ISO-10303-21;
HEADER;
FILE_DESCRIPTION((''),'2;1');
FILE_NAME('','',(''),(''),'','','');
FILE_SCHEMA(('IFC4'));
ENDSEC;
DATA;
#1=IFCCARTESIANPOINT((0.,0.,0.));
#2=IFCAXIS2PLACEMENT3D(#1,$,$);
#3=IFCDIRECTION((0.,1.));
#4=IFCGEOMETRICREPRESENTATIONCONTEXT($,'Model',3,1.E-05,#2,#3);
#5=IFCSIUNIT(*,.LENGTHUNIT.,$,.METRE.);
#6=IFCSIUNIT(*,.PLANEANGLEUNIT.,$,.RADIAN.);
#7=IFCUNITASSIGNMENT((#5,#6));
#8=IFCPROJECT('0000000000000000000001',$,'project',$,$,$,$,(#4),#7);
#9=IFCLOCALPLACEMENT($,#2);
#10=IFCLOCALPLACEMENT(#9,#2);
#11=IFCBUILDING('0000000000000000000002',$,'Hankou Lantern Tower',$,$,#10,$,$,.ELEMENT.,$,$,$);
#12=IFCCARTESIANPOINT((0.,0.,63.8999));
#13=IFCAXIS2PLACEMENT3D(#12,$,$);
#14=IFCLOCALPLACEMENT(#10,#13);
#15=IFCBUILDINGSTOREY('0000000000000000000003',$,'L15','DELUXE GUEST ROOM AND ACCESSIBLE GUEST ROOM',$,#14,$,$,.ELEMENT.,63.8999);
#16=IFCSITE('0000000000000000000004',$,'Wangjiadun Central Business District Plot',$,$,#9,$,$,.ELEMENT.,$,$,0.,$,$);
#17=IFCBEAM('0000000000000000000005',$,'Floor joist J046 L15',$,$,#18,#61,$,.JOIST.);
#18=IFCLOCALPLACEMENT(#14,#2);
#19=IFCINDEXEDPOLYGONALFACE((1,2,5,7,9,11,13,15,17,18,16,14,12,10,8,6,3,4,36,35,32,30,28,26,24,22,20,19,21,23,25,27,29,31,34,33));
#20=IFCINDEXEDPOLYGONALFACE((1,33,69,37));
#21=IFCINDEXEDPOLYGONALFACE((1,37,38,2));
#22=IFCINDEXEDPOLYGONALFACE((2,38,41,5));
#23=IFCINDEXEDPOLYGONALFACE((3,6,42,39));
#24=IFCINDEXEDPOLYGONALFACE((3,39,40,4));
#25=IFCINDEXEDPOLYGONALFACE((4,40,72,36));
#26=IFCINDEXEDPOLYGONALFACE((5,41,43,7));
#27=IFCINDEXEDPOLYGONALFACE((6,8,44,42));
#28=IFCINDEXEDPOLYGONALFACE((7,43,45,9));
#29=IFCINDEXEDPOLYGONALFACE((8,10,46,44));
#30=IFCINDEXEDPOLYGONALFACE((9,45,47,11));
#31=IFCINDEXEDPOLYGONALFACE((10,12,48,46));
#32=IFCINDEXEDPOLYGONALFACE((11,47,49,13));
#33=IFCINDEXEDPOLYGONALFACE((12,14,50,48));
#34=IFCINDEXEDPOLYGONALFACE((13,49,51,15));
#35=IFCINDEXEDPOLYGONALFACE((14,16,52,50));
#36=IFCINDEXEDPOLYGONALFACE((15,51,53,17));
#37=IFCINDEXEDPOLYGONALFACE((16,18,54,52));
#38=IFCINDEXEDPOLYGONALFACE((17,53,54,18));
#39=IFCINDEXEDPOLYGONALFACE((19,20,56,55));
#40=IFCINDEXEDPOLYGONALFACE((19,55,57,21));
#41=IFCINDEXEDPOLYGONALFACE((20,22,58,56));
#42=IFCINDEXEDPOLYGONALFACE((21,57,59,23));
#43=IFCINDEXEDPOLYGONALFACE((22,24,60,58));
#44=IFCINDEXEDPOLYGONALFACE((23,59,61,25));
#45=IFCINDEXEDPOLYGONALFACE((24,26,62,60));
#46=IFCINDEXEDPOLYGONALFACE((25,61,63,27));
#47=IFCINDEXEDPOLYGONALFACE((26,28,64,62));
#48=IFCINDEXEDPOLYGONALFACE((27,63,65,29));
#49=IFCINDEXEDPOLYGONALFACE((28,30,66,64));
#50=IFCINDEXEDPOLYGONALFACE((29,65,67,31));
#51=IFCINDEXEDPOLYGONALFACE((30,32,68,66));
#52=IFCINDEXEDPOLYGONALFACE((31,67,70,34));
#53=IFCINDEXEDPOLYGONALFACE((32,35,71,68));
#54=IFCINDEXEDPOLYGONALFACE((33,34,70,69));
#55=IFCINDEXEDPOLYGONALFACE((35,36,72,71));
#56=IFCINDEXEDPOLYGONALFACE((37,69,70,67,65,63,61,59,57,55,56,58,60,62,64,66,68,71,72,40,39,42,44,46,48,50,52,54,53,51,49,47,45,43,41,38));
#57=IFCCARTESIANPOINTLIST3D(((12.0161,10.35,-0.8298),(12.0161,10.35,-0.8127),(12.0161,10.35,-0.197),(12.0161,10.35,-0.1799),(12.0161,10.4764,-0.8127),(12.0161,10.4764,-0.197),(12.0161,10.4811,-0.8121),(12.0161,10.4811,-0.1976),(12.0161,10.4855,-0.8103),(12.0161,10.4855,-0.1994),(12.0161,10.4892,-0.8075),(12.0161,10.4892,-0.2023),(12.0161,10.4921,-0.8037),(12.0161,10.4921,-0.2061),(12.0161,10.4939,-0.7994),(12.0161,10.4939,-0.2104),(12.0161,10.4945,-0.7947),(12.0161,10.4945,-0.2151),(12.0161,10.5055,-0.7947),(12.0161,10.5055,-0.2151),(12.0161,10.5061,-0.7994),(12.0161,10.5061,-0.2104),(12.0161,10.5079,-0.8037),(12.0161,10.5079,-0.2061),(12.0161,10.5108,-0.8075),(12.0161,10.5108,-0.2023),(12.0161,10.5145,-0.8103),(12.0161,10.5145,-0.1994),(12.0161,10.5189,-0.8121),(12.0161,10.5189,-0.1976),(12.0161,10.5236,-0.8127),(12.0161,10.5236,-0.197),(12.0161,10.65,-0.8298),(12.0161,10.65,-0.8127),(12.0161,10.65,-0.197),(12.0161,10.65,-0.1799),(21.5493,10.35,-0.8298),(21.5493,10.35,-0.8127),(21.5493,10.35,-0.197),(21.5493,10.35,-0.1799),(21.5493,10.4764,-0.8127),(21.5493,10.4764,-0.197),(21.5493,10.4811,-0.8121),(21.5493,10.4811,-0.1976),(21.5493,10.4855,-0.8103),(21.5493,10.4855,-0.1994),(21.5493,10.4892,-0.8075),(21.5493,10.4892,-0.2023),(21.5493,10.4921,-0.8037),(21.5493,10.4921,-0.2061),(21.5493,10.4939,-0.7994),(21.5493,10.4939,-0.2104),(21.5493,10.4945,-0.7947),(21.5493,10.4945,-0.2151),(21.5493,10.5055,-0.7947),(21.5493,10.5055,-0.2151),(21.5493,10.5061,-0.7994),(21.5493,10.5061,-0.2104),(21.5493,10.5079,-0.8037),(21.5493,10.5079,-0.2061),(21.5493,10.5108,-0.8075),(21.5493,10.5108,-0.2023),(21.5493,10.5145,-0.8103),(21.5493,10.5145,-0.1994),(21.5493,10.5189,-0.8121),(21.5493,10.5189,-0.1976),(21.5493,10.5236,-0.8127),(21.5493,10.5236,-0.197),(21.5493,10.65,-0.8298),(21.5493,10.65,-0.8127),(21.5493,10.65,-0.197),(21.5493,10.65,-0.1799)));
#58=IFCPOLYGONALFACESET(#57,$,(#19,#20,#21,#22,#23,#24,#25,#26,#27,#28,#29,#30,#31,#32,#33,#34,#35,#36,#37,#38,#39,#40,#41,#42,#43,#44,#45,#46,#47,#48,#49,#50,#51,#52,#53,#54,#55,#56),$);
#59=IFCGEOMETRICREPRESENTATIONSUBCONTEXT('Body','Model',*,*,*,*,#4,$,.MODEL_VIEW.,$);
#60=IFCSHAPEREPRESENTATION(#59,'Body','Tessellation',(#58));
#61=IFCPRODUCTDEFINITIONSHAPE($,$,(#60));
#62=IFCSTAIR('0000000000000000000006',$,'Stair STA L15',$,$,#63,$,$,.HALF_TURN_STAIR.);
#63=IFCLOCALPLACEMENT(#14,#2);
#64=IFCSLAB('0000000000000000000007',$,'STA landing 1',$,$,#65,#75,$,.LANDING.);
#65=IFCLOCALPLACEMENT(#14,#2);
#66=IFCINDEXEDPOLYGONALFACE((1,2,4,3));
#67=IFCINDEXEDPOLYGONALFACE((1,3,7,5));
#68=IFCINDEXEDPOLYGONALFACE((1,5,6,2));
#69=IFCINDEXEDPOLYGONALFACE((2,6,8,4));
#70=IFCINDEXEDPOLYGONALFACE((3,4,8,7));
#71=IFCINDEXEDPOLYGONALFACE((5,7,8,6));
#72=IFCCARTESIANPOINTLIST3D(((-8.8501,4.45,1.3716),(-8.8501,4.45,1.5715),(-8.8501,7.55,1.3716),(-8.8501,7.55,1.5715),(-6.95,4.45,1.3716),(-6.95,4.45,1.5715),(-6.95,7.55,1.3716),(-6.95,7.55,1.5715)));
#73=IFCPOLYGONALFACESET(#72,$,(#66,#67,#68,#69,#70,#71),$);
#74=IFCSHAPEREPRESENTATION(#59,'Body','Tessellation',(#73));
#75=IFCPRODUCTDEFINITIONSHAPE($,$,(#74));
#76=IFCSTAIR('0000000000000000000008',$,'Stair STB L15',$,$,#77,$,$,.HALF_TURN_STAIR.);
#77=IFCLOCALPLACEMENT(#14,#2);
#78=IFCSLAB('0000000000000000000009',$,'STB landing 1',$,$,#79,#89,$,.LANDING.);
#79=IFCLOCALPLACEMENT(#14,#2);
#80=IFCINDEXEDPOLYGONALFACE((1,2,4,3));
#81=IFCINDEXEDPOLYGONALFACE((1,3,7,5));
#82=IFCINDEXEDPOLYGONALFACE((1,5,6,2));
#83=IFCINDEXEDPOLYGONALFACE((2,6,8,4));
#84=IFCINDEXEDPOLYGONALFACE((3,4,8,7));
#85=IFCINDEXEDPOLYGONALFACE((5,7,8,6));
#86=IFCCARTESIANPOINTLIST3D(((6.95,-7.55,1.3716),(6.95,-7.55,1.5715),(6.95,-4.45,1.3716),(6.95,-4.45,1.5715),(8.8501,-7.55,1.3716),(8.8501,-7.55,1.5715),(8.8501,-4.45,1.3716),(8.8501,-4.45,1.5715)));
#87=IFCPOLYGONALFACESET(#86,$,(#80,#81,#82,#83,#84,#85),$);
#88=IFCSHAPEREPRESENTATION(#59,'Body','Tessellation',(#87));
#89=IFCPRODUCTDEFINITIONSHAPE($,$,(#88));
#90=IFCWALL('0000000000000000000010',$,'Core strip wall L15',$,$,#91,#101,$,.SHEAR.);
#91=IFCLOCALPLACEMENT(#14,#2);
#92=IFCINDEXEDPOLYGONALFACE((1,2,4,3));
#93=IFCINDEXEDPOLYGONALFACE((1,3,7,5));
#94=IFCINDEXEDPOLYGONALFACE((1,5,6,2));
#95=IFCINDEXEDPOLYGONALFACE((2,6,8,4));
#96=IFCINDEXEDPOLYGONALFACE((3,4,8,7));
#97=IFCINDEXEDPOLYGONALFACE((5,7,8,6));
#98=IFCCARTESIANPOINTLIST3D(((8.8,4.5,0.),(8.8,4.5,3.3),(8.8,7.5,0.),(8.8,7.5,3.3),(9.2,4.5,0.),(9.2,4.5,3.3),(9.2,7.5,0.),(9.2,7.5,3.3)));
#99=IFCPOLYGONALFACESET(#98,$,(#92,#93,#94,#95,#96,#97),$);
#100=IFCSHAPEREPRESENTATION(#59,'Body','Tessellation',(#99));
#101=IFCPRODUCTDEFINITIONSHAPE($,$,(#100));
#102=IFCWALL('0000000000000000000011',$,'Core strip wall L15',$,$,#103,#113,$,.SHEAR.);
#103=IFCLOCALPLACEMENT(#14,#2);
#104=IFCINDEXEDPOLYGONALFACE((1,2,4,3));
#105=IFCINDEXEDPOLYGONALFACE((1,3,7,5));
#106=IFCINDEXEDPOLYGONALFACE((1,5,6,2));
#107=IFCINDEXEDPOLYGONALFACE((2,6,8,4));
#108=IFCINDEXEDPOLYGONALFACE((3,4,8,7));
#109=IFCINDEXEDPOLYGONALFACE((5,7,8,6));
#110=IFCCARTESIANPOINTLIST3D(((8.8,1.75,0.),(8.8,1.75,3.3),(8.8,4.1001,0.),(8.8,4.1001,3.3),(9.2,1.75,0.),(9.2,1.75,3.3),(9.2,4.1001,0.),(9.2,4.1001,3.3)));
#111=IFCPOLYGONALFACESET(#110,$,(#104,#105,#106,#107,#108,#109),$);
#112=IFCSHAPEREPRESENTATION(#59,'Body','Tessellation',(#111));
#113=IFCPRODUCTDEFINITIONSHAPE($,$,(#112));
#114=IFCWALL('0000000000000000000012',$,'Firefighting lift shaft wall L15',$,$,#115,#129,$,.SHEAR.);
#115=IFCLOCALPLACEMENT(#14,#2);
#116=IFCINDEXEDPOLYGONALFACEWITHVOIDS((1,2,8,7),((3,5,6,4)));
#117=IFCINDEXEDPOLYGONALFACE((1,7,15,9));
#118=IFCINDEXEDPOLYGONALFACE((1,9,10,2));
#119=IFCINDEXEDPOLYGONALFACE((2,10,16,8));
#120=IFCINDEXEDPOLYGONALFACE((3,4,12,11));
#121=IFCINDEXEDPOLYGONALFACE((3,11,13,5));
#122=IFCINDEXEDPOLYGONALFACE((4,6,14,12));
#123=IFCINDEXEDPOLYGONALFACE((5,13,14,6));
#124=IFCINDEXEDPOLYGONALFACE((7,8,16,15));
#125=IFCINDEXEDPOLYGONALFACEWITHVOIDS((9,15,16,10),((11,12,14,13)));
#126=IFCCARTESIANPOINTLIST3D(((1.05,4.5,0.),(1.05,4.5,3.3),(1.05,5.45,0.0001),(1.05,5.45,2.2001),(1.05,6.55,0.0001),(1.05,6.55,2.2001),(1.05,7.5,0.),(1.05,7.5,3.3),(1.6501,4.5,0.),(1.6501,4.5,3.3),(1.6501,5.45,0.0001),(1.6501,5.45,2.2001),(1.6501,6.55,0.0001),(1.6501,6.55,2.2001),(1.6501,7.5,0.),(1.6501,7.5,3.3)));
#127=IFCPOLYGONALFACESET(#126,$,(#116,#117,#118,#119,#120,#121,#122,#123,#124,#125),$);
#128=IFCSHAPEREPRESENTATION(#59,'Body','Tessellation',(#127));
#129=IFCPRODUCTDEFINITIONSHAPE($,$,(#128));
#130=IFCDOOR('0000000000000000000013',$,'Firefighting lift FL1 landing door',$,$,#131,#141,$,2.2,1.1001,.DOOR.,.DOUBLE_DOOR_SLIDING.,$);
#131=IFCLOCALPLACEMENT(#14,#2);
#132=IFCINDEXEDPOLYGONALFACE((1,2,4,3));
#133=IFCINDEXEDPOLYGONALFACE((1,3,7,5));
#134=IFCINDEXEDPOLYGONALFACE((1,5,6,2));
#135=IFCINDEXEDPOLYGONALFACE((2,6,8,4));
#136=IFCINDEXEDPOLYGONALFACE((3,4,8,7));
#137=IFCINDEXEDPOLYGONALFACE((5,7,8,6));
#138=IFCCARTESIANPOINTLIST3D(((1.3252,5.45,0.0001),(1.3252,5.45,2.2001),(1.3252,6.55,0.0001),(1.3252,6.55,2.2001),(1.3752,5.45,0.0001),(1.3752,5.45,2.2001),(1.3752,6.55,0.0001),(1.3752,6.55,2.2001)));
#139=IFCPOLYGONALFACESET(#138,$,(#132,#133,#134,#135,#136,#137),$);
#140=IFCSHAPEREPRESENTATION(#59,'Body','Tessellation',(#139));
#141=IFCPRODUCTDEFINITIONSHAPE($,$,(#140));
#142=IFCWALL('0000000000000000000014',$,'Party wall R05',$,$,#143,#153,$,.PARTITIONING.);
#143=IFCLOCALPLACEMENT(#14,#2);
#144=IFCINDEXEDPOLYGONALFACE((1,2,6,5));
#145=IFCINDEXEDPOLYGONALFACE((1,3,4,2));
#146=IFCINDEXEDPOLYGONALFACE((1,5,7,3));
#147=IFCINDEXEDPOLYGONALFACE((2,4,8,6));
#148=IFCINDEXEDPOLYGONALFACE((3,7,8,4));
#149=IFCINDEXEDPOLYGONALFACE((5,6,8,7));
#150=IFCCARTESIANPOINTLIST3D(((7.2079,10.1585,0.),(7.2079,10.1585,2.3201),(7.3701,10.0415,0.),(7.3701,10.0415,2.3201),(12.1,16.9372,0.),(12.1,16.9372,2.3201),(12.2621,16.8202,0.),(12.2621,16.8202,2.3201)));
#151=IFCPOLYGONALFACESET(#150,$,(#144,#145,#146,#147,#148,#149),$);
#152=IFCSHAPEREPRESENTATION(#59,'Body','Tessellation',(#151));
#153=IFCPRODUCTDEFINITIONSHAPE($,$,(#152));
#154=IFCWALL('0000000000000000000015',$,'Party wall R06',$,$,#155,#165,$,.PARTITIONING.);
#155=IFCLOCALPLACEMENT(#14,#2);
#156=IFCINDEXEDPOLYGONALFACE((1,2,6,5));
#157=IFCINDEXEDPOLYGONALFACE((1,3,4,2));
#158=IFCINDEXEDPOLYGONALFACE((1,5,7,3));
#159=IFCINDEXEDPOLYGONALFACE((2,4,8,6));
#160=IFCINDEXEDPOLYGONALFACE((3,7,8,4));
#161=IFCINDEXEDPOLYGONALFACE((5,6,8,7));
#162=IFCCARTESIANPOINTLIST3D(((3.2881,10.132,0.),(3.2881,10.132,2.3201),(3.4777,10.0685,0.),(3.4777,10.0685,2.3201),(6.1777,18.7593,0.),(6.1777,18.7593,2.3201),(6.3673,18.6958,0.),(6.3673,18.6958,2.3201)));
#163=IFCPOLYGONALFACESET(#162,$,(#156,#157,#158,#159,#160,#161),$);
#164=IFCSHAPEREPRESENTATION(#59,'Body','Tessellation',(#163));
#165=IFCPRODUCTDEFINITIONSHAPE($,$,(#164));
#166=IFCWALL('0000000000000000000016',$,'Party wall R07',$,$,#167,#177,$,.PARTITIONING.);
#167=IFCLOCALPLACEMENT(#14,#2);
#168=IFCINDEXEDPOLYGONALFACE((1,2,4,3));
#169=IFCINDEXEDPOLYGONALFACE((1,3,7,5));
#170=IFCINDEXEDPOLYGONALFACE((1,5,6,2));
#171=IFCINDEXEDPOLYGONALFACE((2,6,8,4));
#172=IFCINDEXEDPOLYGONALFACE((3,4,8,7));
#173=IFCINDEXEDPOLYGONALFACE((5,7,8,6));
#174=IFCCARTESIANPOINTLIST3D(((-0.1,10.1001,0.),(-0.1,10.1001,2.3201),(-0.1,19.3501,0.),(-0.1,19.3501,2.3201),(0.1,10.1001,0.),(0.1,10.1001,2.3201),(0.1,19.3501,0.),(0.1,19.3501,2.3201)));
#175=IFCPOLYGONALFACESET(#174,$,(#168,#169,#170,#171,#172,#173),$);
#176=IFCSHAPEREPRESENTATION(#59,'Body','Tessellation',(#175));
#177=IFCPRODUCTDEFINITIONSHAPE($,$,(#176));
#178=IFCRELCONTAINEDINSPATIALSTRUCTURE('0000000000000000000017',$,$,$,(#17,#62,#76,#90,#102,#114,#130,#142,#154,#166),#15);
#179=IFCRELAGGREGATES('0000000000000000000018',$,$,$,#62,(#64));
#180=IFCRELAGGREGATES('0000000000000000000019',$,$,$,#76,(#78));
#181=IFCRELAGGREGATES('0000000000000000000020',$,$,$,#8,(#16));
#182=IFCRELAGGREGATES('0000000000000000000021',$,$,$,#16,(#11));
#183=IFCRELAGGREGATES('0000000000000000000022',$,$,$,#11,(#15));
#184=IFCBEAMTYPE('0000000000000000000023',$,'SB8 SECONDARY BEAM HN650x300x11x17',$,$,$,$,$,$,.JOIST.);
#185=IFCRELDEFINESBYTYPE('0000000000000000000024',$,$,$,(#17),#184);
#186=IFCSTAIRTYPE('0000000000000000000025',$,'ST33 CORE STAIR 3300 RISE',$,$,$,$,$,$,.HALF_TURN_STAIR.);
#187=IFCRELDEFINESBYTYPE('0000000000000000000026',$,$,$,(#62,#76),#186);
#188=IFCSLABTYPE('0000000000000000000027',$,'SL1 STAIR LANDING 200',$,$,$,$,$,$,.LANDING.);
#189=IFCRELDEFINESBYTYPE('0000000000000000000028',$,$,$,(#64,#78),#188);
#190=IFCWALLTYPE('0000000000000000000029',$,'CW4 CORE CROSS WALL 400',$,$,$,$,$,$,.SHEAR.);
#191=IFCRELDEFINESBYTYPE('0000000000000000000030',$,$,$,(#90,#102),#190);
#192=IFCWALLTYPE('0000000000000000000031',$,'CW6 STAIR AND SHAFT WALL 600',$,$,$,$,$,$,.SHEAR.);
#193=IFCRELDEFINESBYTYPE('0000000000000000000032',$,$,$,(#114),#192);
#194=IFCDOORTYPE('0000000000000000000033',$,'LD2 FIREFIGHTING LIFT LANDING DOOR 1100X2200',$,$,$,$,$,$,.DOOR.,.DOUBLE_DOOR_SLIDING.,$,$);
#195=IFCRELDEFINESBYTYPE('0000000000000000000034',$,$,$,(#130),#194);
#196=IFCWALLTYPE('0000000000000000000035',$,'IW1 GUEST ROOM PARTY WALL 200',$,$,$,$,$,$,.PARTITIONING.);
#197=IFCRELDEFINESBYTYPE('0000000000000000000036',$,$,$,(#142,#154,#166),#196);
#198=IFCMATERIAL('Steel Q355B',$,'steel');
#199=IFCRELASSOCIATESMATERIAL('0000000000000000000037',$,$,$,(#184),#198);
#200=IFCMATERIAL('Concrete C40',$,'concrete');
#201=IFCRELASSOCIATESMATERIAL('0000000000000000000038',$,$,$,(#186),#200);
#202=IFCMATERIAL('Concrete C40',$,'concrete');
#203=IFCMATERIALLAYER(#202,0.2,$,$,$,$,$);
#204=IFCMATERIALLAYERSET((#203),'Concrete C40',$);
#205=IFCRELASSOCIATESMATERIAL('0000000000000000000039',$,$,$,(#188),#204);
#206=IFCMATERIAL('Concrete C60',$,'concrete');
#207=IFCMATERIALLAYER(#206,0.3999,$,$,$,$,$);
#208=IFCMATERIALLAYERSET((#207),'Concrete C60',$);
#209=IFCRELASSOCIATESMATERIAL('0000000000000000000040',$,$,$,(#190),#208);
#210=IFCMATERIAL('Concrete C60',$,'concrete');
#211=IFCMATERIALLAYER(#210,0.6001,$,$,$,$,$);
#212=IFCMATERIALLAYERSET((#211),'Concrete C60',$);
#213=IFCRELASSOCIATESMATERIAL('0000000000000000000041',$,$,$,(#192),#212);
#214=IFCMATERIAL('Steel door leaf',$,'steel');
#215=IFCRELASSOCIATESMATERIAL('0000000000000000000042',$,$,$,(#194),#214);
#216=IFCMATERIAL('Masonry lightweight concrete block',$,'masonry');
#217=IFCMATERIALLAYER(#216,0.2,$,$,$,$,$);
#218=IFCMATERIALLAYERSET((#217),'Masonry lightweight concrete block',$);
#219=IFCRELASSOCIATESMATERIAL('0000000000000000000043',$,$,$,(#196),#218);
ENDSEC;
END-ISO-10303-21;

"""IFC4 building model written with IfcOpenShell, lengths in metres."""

from ifc_helpers import new_model, si_unit, direction, frame, frame_2d, origin, origin_2d, place, context, subcontext, project, spatial, polyline, rectangle, i_section, outline, extrude, material, layer, layer_set, material_profile, profile_set, type_object, element, fill, aggregate, save


model = new_model("IFC4")

# Units and contexts
model_context = context("Model", 3, precision=1e-05, world=origin(), true_north=direction((0.0, 1.0)))
body_context = subcontext(model_context, "Body", "Model", "MODEL_VIEW")
ifc_project = project(units=[si_unit("LENGTHUNIT", "METRE"), si_unit("PLANEANGLEUNIT", "RADIAN")], contexts=[model_context])

# Site, building, storey
site_placement = place(None, origin())
site = spatial("IfcSite", under=ifc_project, at=site_placement, Name="Wangjiadun Central Business District Plot", CompositionType="ELEMENT", RefElevation=0.0)
building_placement = place(site_placement, origin())
building = spatial("IfcBuilding", under=site, at=building_placement, Name="Hankou Lantern Tower", CompositionType="ELEMENT")
storey_placement = place(building_placement, frame((0.0, 0.0, 63.8999)))
storey = spatial("IfcBuildingStorey", under=building, at=storey_placement, Name="L15", Description="DELUXE GUEST ROOM AND ACCESSIBLE GUEST ROOM", CompositionType="ELEMENT", Elevation=63.8999)

# Beam
ifc_material_1 = material(Name="Steel Q355B", Category="steel")
ifc_material_profile_1 = material_profile(ifc_material_1, i_section(OverallWidth=0.3, OverallDepth=0.6499, WebThickness=0.011, FlangeThickness=0.0171, FilletRadius=0.0181, at=origin_2d()), Name="HN650x300x11x17")
ifc_profile_set_1 = profile_set([ifc_material_profile_1], Name="Steel Q355B")
beam_type_1 = type_object("IfcBeamType", Name="SB8 SECONDARY BEAM HN650x300x11x17", PredefinedType="JOIST", material=ifc_profile_set_1)
beam_1_placement = place(storey_placement, frame((12.0161, 10.5, -0.5049), z_axis=(1.0, 0.0, 0.0), x_axis=(0.0, 1.0, 0.0)))
element("IfcBeam", 1, at=beam_1_placement, inside=storey, type_object=beam_type_1, Name="Floor joist J046 L15", PredefinedType="JOIST", context=body_context, shape_type="SweptSolid", body=[
    extrude(i_section(OverallWidth=0.3, OverallDepth=0.6499, WebThickness=0.011, FlangeThickness=0.0171, FilletRadius=0.0181, at=origin_2d()), origin(), (0.0, 0.0, 1.0), 9.5332),
])

# Stairs, slabs
ifc_material_2 = material(Name="Concrete C40", Category="concrete")
stair_type = type_object("IfcStairType", Name="ST33 CORE STAIR 3300 RISE", PredefinedType="HALF_TURN_STAIR", material=ifc_material_2)
stair_1_placement = place(storey_placement, origin())
stair_1 = element("IfcStair", 2, at=stair_1_placement, inside=storey, type_object=stair_type, Name="Stair STA L15", PredefinedType="HALF_TURN_STAIR")
ifc_material_3 = material(Name="Concrete C40", Category="concrete")
ifc_layer_1 = layer(ifc_material_3, 0.2)
ifc_layer_set_1 = layer_set([ifc_layer_1], Name="Concrete C40")
slab_type = type_object("IfcSlabType", Name="SL1 STAIR LANDING 200", PredefinedType="LANDING", material=ifc_layer_set_1)
slab_1_placement = place(storey_placement, frame((0.0, 0.0, 1.3716)))
slab_1 = element("IfcSlab", 3, at=slab_1_placement, type_object=slab_type, Name="STA landing 1", PredefinedType="LANDING", context=body_context, shape_type="SweptSolid", body=[
    extrude(outline(polyline([(-8.8501, 4.45), (-6.95, 4.45), (-6.95, 7.55), (-8.8501, 7.55), (-8.8501, 4.45)])), origin(), (0.0, 0.0, 1.0), 0.2),
])
aggregate(stair_1, [slab_1])
stair_2_placement = place(storey_placement, origin())
stair_2 = element("IfcStair", 4, at=stair_2_placement, inside=storey, type_object=stair_type, Name="Stair STB L15", PredefinedType="HALF_TURN_STAIR")
slab_2_placement = place(storey_placement, frame((0.0, 0.0, 1.3716)))
slab_2 = element("IfcSlab", 5, at=slab_2_placement, type_object=slab_type, Name="STB landing 1", PredefinedType="LANDING", context=body_context, shape_type="SweptSolid", body=[
    extrude(outline(polyline([(8.8501, -4.45), (6.95, -4.45), (6.95, -7.55), (8.8501, -7.55), (8.8501, -4.45)])), origin(), (0.0, 0.0, 1.0), 0.2),
])
aggregate(stair_2, [slab_2])

# Walls
ifc_material_4 = material(Name="Concrete C60", Category="concrete")
ifc_layer_2 = layer(ifc_material_4, 0.3999)
ifc_layer_set_2 = layer_set([ifc_layer_2], Name="Concrete C60")
wall_type_1 = type_object("IfcWallType", Name="CW4 CORE CROSS WALL 400", PredefinedType="SHEAR", material=ifc_layer_set_2)
wall_1_placement = place(storey_placement, frame((9.0, 4.5, 0.0), z_axis=(0.0, 0.0, 1.0), x_axis=(0.0, 1.0, 0.0)))
element("IfcWall", 6, at=wall_1_placement, inside=storey, type_object=wall_type_1, Name="Core strip wall L15", PredefinedType="SHEAR", context=body_context, shape_type="SweptSolid", body=[
    extrude(rectangle(XDim=3.0, YDim=0.3999, at=frame_2d((1.5, 0.0))), origin(), (0.0, 0.0, 1.0), 3.3),
])
wall_2_placement = place(storey_placement, frame((9.0, 1.75, 0.0), z_axis=(0.0, 0.0, 1.0), x_axis=(0.0, 1.0, 0.0)))
element("IfcWall", 7, at=wall_2_placement, inside=storey, type_object=wall_type_1, Name="Core strip wall L15", PredefinedType="SHEAR", context=body_context, shape_type="SweptSolid", body=[
    extrude(rectangle(XDim=2.3501, YDim=0.3999, at=frame_2d((1.175, 0.0))), origin(), (0.0, 0.0, 1.0), 3.3),
])

# Wall, opening, door
ifc_material_5 = material(Name="Concrete C60", Category="concrete")
ifc_layer_3 = layer(ifc_material_5, 0.6001)
ifc_layer_set_3 = layer_set([ifc_layer_3], Name="Concrete C60")
wall_type_2 = type_object("IfcWallType", Name="CW6 STAIR AND SHAFT WALL 600", PredefinedType="SHEAR", material=ifc_layer_set_3)
wall_3_placement = place(storey_placement, frame((1.3501, 4.5, 0.0), z_axis=(0.0, 0.0, 1.0), x_axis=(0.0, 1.0, 0.0)))
wall_3 = element("IfcWall", 8, at=wall_3_placement, inside=storey, type_object=wall_type_2, Name="Firefighting lift shaft wall L15", PredefinedType="SHEAR", context=body_context, shape_type="SweptSolid", body=[
    extrude(rectangle(XDim=3.0, YDim=0.6001, at=frame_2d((1.5, 0.0))), origin(), (0.0, 0.0, 1.0), 3.3),
])
opening_1_placement = place(wall_3_placement, frame((0.95, 0.0, 0.0)))
opening_1 = element("IfcOpeningElement", 9, at=opening_1_placement, cuts=wall_3, PredefinedType="OPENING", context=body_context, shape_type="SweptSolid", body=[
    extrude(rectangle(XDim=1.1001, YDim=2.2, at=frame_2d((0.55, 1.1001))), frame((0.0, 0.3101, 0.0), z_axis=(0.0, -1.0, 0.0), x_axis=(1.0, 0.0, 0.0)), (0.0, 0.0, 1.0), 0.6201),
])
ifc_material_6 = material(Name="Steel door leaf", Category="steel")
door_type_1 = type_object("IfcDoorType", Name="LD2 FIREFIGHTING LIFT LANDING DOOR 1100X2200", OperationType="DOUBLE_DOOR_SLIDING", PredefinedType="DOOR", material=ifc_material_6)
door_1_placement = place(opening_1_placement, origin())
door_1 = element("IfcDoor", 10, at=door_1_placement, inside=storey, type_object=door_type_1, Name="Firefighting lift FL1 landing door", OperationType="DOUBLE_DOOR_SLIDING", OverallHeight=2.2, OverallWidth=1.1001, PredefinedType="DOOR", context=body_context, shape_type="SweptSolid", body=[
    extrude(rectangle(XDim=1.1001, YDim=2.2, at=frame_2d((0.55, 1.1001))), frame((0.0, 0.0249, 0.0), z_axis=(0.0, -1.0, 0.0), x_axis=(1.0, 0.0, 0.0)), (0.0, 0.0, 1.0), 0.05),
])
fill(opening_1, door_1)

# Walls
ifc_material_7 = material(Name="Masonry lightweight concrete block", Category="masonry")
ifc_layer_4 = layer(ifc_material_7, 0.2)
ifc_layer_set_4 = layer_set([ifc_layer_4], Name="Masonry lightweight concrete block")
wall_type_3 = type_object("IfcWallType", Name="IW1 GUEST ROOM PARTY WALL 200", PredefinedType="PARTITIONING", material=ifc_layer_set_4)
wall_4_placement = place(storey_placement, frame((7.2891, 10.1001, 0.0), z_axis=(0.0, 0.0, 1.0), x_axis=(0.585198, 0.81089, 0.0)))
element("IfcWall", 11, at=wall_4_placement, inside=storey, type_object=wall_type_3, Name="Party wall R05", PredefinedType="PARTITIONING", context=body_context, shape_type="SweptSolid", body=[
    extrude(rectangle(XDim=8.3596, YDim=0.2, at=frame_2d((4.1797, 0.0))), origin(), (0.0, 0.0, 1.0), 2.3201),
])
wall_5_placement = place(storey_placement, frame((3.3828, 10.1001, 0.0), z_axis=(0.0, 0.0, 1.0), x_axis=(0.317596, 0.948226, 0.0)))
element("IfcWall", 12, at=wall_5_placement, inside=storey, type_object=wall_type_3, Name="Party wall R06", PredefinedType="PARTITIONING", context=body_context, shape_type="SweptSolid", body=[
    extrude(rectangle(XDim=9.0984, YDim=0.2, at=frame_2d((4.5493, 0.0))), origin(), (0.0, 0.0, 1.0), 2.3201),
])
wall_6_placement = place(storey_placement, frame((0.0, 10.1001, 0.0), z_axis=(0.0, 0.0, 1.0), x_axis=(0.0, 1.0, 0.0)))
element("IfcWall", 13, at=wall_6_placement, inside=storey, type_object=wall_type_3, Name="Party wall R07", PredefinedType="PARTITIONING", context=body_context, shape_type="SweptSolid", body=[
    extrude(rectangle(XDim=9.25, YDim=0.2, at=frame_2d((4.625, 0.0))), origin(), (0.0, 0.0, 1.0), 2.3201),
])

save(model, "model.ifc")
